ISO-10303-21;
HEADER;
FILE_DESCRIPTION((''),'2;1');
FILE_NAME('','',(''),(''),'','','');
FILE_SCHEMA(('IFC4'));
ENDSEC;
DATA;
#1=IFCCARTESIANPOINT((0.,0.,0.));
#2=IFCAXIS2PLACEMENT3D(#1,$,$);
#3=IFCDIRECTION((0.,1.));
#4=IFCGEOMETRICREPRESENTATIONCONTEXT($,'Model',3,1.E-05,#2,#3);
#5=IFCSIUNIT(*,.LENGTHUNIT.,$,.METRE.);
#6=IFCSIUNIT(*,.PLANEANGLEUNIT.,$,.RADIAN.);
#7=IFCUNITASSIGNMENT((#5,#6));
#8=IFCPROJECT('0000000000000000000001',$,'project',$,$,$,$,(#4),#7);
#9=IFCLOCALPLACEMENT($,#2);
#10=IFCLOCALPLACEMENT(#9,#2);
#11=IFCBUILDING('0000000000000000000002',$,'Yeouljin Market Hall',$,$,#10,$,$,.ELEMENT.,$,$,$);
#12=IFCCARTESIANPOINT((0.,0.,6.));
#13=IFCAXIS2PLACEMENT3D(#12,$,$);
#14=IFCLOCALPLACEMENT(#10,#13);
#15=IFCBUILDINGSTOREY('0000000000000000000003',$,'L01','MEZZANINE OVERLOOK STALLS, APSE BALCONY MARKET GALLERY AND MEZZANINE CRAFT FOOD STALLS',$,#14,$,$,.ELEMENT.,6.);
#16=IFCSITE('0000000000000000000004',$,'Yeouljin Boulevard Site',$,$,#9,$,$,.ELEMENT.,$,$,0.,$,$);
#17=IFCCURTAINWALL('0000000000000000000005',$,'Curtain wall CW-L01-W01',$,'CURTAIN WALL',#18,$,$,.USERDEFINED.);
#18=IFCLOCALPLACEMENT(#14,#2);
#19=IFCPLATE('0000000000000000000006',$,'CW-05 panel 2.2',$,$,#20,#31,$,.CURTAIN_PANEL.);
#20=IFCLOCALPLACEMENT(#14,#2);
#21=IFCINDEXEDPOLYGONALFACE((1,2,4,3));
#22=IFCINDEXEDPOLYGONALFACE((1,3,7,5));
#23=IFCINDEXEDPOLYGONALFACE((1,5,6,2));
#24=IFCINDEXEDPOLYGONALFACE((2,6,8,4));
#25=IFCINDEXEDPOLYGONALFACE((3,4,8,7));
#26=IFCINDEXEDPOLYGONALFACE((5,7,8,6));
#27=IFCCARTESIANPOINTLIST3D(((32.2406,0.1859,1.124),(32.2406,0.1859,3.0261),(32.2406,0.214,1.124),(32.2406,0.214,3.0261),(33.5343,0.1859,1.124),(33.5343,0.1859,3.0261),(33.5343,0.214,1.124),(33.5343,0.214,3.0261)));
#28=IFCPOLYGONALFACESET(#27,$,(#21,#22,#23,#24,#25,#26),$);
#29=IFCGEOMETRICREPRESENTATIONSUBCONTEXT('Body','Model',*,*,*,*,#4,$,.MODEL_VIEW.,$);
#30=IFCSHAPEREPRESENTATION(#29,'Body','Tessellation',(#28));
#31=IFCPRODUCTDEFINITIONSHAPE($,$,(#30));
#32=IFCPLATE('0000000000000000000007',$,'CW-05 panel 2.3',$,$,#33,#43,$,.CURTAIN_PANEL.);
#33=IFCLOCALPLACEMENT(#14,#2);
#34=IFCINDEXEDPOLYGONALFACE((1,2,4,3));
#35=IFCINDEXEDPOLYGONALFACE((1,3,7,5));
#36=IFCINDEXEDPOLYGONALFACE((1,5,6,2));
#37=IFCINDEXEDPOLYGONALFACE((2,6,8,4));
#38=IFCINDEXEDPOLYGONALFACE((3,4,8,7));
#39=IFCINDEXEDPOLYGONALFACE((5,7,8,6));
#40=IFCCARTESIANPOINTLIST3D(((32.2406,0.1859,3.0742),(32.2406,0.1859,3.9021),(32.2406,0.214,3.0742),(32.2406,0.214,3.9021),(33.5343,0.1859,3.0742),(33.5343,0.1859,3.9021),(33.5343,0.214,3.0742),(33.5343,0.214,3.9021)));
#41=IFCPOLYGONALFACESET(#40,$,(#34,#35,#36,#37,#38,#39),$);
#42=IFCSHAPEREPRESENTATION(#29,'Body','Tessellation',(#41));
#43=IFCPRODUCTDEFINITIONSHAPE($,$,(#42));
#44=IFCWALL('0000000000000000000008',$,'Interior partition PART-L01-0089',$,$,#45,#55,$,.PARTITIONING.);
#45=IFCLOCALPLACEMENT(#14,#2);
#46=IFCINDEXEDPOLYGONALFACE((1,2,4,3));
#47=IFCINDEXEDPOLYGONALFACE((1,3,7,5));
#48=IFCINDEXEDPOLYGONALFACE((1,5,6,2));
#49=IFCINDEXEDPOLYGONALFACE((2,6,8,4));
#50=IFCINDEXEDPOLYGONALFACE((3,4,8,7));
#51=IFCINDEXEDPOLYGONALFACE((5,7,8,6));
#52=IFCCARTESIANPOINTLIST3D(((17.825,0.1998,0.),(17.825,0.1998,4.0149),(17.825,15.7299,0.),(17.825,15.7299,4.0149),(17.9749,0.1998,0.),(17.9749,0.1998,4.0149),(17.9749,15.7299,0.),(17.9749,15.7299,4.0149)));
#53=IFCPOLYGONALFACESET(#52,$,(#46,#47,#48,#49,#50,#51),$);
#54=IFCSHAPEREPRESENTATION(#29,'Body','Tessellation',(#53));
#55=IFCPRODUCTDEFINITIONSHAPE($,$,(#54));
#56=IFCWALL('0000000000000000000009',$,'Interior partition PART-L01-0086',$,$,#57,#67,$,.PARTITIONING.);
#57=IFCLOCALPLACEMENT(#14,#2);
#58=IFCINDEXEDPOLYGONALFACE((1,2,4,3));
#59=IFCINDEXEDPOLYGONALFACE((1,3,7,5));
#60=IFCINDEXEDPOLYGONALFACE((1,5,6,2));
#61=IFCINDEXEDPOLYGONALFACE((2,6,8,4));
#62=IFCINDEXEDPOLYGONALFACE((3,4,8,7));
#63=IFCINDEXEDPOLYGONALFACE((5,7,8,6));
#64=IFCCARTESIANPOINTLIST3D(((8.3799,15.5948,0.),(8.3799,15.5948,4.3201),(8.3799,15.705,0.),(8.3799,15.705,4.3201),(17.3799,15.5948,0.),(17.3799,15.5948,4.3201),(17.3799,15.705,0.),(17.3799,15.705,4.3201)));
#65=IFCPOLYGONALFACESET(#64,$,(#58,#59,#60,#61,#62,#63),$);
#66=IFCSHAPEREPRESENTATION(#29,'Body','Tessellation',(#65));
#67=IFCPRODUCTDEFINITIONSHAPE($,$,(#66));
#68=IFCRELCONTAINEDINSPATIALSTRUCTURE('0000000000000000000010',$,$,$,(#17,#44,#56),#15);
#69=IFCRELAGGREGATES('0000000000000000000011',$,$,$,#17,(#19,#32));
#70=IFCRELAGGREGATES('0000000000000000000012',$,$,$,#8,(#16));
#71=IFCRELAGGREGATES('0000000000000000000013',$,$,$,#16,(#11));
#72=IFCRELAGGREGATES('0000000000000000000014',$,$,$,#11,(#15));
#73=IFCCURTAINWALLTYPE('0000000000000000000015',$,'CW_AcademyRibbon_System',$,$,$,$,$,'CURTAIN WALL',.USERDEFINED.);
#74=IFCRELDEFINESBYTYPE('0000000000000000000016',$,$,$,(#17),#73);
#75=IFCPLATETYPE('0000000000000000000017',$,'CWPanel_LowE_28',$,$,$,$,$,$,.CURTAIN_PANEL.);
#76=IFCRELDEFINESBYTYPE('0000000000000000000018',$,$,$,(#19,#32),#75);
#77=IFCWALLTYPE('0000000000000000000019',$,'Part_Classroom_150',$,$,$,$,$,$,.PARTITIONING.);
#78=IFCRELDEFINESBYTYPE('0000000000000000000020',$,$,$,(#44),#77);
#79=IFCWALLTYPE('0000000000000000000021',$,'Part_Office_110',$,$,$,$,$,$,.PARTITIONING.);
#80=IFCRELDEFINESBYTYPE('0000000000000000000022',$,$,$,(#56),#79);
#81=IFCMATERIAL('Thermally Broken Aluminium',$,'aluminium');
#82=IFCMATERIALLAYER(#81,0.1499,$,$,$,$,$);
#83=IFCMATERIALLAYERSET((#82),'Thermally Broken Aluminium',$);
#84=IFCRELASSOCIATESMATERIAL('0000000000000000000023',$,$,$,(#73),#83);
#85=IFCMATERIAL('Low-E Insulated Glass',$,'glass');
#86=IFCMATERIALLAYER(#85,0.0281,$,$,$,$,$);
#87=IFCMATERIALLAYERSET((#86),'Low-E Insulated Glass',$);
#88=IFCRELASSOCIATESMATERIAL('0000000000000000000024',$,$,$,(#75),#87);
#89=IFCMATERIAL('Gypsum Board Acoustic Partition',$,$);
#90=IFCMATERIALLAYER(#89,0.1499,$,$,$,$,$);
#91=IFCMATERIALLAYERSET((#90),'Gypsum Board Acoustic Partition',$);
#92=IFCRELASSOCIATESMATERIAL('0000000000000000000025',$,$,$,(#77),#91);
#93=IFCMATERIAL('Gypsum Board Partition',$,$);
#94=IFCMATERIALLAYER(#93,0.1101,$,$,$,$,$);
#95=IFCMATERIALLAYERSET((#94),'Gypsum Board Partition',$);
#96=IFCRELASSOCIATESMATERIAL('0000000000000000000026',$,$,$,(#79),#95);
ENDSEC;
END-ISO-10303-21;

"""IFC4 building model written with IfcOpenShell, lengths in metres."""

from ifc_helpers import new_model, si_unit, direction, frame, frame_2d, origin, origin_2d, place, context, subcontext, project, spatial, rectangle, extrude, material, layer, layer_set, type_object, element, aggregate, save


model = new_model("IFC4")

# Units and contexts
model_context = context("Model", 3, precision=1e-05, world=origin(), true_north=direction((0.0, 1.0)))
body_context = subcontext(model_context, "Body", "Model", "MODEL_VIEW")
ifc_project = project(units=[si_unit("LENGTHUNIT", "METRE"), si_unit("PLANEANGLEUNIT", "RADIAN")], contexts=[model_context])

# Site, building, storey
site_placement = place(None, origin())
site = spatial("IfcSite", under=ifc_project, at=site_placement, Name="Yeouljin Boulevard Site", CompositionType="ELEMENT", RefElevation=0.0)
building_placement = place(site_placement, origin())
building = spatial("IfcBuilding", under=site, at=building_placement, Name="Yeouljin Market Hall", CompositionType="ELEMENT")
storey_placement = place(building_placement, frame((0.0, 0.0, 6.0)))
storey = spatial("IfcBuildingStorey", under=building, at=storey_placement, Name="L01", Description="MEZZANINE OVERLOOK STALLS, APSE BALCONY MARKET GALLERY AND MEZZANINE CRAFT FOOD STALLS", CompositionType="ELEMENT", Elevation=6.0)

# Curtain wall, plates
ifc_material_1 = material(Name="Thermally Broken Aluminium", Category="aluminium")
ifc_layer_1 = layer(ifc_material_1, 0.1499)
ifc_layer_set_1 = layer_set([ifc_layer_1], Name="Thermally Broken Aluminium")
curtain_wall_type = type_object("IfcCurtainWallType", Name="CW_AcademyRibbon_System", ElementType="CURTAIN WALL", PredefinedType="USERDEFINED", material=ifc_layer_set_1)
curtain_wall_placement = place(storey_placement, origin())
curtain_wall = element("IfcCurtainWall", 1, at=curtain_wall_placement, inside=storey, type_object=curtain_wall_type, Name="Curtain wall CW-L01-W01", ObjectType="CURTAIN WALL", PredefinedType="USERDEFINED")
ifc_material_2 = material(Name="Low-E Insulated Glass", Category="glass")
ifc_layer_2 = layer(ifc_material_2, 0.0281)
ifc_layer_set_2 = layer_set([ifc_layer_2], Name="Low-E Insulated Glass")
plate_type = type_object("IfcPlateType", Name="CWPanel_LowE_28", PredefinedType="CURTAIN_PANEL", material=ifc_layer_set_2)
plate_1_placement = place(storey_placement, frame((32.8875, 0.2, 1.124), z_axis=(0.0, 0.0, 1.0), x_axis=(-1.0, 0.0, 0.0)))
plate_1 = element("IfcPlate", 2, at=plate_1_placement, type_object=plate_type, Name="CW-05 panel 2.2", PredefinedType="CURTAIN_PANEL", context=body_context, shape_type="SweptSolid", body=[
    extrude(rectangle(XDim=1.2937, YDim=0.0281, at=origin_2d()), origin(), (0.0, 0.0, 1.0), 1.9021),
])
plate_2_placement = place(storey_placement, frame((32.8875, 0.2, 3.0742), z_axis=(0.0, 0.0, 1.0), x_axis=(-1.0, 0.0, 0.0)))
plate_2 = element("IfcPlate", 3, at=plate_2_placement, type_object=plate_type, Name="CW-05 panel 2.3", PredefinedType="CURTAIN_PANEL", context=body_context, shape_type="SweptSolid", body=[
    extrude(rectangle(XDim=1.2937, YDim=0.0281, at=origin_2d()), origin(), (0.0, 0.0, 1.0), 0.8279),
])
aggregate(curtain_wall, [plate_1, plate_2])

# Walls
ifc_material_3 = material(Name="Gypsum Board Acoustic Partition")
ifc_layer_3 = layer(ifc_material_3, 0.1499)
ifc_layer_set_3 = layer_set([ifc_layer_3], Name="Gypsum Board Acoustic Partition")
wall_type_1 = type_object("IfcWallType", Name="Part_Classroom_150", PredefinedType="PARTITIONING", material=ifc_layer_set_3)
wall_1_placement = place(storey_placement, frame((17.8999, 15.73, 0.0), z_axis=(0.0, 0.0, 1.0), x_axis=(0.0, -1.0, 0.0)))
element("IfcWall", 4, at=wall_1_placement, inside=storey, type_object=wall_type_1, Name="Interior partition PART-L01-0089", PredefinedType="PARTITIONING", context=body_context, shape_type="SweptSolid", body=[
    extrude(rectangle(XDim=15.53, YDim=0.1499, at=frame_2d((7.7651, 0.0))), origin(), (0.0, 0.0, 1.0), 4.0149),
])
ifc_material_4 = material(Name="Gypsum Board Partition")
ifc_layer_4 = layer(ifc_material_4, 0.1101)
ifc_layer_set_4 = layer_set([ifc_layer_4], Name="Gypsum Board Partition")
wall_type_2 = type_object("IfcWallType", Name="Part_Office_110", PredefinedType="PARTITIONING", material=ifc_layer_set_4)
wall_2_placement = place(storey_placement, frame((17.3799, 15.6499, 0.0), z_axis=(0.0, 0.0, 1.0), x_axis=(-1.0, 0.0, 0.0)))
element("IfcWall", 5, at=wall_2_placement, inside=storey, type_object=wall_type_2, Name="Interior partition PART-L01-0086", PredefinedType="PARTITIONING", context=body_context, shape_type="SweptSolid", body=[
    extrude(rectangle(XDim=9.0, YDim=0.1101, at=frame_2d((4.5, 0.0))), origin(), (0.0, 0.0, 1.0), 4.3201),
])

save(model, "model.ifc")
